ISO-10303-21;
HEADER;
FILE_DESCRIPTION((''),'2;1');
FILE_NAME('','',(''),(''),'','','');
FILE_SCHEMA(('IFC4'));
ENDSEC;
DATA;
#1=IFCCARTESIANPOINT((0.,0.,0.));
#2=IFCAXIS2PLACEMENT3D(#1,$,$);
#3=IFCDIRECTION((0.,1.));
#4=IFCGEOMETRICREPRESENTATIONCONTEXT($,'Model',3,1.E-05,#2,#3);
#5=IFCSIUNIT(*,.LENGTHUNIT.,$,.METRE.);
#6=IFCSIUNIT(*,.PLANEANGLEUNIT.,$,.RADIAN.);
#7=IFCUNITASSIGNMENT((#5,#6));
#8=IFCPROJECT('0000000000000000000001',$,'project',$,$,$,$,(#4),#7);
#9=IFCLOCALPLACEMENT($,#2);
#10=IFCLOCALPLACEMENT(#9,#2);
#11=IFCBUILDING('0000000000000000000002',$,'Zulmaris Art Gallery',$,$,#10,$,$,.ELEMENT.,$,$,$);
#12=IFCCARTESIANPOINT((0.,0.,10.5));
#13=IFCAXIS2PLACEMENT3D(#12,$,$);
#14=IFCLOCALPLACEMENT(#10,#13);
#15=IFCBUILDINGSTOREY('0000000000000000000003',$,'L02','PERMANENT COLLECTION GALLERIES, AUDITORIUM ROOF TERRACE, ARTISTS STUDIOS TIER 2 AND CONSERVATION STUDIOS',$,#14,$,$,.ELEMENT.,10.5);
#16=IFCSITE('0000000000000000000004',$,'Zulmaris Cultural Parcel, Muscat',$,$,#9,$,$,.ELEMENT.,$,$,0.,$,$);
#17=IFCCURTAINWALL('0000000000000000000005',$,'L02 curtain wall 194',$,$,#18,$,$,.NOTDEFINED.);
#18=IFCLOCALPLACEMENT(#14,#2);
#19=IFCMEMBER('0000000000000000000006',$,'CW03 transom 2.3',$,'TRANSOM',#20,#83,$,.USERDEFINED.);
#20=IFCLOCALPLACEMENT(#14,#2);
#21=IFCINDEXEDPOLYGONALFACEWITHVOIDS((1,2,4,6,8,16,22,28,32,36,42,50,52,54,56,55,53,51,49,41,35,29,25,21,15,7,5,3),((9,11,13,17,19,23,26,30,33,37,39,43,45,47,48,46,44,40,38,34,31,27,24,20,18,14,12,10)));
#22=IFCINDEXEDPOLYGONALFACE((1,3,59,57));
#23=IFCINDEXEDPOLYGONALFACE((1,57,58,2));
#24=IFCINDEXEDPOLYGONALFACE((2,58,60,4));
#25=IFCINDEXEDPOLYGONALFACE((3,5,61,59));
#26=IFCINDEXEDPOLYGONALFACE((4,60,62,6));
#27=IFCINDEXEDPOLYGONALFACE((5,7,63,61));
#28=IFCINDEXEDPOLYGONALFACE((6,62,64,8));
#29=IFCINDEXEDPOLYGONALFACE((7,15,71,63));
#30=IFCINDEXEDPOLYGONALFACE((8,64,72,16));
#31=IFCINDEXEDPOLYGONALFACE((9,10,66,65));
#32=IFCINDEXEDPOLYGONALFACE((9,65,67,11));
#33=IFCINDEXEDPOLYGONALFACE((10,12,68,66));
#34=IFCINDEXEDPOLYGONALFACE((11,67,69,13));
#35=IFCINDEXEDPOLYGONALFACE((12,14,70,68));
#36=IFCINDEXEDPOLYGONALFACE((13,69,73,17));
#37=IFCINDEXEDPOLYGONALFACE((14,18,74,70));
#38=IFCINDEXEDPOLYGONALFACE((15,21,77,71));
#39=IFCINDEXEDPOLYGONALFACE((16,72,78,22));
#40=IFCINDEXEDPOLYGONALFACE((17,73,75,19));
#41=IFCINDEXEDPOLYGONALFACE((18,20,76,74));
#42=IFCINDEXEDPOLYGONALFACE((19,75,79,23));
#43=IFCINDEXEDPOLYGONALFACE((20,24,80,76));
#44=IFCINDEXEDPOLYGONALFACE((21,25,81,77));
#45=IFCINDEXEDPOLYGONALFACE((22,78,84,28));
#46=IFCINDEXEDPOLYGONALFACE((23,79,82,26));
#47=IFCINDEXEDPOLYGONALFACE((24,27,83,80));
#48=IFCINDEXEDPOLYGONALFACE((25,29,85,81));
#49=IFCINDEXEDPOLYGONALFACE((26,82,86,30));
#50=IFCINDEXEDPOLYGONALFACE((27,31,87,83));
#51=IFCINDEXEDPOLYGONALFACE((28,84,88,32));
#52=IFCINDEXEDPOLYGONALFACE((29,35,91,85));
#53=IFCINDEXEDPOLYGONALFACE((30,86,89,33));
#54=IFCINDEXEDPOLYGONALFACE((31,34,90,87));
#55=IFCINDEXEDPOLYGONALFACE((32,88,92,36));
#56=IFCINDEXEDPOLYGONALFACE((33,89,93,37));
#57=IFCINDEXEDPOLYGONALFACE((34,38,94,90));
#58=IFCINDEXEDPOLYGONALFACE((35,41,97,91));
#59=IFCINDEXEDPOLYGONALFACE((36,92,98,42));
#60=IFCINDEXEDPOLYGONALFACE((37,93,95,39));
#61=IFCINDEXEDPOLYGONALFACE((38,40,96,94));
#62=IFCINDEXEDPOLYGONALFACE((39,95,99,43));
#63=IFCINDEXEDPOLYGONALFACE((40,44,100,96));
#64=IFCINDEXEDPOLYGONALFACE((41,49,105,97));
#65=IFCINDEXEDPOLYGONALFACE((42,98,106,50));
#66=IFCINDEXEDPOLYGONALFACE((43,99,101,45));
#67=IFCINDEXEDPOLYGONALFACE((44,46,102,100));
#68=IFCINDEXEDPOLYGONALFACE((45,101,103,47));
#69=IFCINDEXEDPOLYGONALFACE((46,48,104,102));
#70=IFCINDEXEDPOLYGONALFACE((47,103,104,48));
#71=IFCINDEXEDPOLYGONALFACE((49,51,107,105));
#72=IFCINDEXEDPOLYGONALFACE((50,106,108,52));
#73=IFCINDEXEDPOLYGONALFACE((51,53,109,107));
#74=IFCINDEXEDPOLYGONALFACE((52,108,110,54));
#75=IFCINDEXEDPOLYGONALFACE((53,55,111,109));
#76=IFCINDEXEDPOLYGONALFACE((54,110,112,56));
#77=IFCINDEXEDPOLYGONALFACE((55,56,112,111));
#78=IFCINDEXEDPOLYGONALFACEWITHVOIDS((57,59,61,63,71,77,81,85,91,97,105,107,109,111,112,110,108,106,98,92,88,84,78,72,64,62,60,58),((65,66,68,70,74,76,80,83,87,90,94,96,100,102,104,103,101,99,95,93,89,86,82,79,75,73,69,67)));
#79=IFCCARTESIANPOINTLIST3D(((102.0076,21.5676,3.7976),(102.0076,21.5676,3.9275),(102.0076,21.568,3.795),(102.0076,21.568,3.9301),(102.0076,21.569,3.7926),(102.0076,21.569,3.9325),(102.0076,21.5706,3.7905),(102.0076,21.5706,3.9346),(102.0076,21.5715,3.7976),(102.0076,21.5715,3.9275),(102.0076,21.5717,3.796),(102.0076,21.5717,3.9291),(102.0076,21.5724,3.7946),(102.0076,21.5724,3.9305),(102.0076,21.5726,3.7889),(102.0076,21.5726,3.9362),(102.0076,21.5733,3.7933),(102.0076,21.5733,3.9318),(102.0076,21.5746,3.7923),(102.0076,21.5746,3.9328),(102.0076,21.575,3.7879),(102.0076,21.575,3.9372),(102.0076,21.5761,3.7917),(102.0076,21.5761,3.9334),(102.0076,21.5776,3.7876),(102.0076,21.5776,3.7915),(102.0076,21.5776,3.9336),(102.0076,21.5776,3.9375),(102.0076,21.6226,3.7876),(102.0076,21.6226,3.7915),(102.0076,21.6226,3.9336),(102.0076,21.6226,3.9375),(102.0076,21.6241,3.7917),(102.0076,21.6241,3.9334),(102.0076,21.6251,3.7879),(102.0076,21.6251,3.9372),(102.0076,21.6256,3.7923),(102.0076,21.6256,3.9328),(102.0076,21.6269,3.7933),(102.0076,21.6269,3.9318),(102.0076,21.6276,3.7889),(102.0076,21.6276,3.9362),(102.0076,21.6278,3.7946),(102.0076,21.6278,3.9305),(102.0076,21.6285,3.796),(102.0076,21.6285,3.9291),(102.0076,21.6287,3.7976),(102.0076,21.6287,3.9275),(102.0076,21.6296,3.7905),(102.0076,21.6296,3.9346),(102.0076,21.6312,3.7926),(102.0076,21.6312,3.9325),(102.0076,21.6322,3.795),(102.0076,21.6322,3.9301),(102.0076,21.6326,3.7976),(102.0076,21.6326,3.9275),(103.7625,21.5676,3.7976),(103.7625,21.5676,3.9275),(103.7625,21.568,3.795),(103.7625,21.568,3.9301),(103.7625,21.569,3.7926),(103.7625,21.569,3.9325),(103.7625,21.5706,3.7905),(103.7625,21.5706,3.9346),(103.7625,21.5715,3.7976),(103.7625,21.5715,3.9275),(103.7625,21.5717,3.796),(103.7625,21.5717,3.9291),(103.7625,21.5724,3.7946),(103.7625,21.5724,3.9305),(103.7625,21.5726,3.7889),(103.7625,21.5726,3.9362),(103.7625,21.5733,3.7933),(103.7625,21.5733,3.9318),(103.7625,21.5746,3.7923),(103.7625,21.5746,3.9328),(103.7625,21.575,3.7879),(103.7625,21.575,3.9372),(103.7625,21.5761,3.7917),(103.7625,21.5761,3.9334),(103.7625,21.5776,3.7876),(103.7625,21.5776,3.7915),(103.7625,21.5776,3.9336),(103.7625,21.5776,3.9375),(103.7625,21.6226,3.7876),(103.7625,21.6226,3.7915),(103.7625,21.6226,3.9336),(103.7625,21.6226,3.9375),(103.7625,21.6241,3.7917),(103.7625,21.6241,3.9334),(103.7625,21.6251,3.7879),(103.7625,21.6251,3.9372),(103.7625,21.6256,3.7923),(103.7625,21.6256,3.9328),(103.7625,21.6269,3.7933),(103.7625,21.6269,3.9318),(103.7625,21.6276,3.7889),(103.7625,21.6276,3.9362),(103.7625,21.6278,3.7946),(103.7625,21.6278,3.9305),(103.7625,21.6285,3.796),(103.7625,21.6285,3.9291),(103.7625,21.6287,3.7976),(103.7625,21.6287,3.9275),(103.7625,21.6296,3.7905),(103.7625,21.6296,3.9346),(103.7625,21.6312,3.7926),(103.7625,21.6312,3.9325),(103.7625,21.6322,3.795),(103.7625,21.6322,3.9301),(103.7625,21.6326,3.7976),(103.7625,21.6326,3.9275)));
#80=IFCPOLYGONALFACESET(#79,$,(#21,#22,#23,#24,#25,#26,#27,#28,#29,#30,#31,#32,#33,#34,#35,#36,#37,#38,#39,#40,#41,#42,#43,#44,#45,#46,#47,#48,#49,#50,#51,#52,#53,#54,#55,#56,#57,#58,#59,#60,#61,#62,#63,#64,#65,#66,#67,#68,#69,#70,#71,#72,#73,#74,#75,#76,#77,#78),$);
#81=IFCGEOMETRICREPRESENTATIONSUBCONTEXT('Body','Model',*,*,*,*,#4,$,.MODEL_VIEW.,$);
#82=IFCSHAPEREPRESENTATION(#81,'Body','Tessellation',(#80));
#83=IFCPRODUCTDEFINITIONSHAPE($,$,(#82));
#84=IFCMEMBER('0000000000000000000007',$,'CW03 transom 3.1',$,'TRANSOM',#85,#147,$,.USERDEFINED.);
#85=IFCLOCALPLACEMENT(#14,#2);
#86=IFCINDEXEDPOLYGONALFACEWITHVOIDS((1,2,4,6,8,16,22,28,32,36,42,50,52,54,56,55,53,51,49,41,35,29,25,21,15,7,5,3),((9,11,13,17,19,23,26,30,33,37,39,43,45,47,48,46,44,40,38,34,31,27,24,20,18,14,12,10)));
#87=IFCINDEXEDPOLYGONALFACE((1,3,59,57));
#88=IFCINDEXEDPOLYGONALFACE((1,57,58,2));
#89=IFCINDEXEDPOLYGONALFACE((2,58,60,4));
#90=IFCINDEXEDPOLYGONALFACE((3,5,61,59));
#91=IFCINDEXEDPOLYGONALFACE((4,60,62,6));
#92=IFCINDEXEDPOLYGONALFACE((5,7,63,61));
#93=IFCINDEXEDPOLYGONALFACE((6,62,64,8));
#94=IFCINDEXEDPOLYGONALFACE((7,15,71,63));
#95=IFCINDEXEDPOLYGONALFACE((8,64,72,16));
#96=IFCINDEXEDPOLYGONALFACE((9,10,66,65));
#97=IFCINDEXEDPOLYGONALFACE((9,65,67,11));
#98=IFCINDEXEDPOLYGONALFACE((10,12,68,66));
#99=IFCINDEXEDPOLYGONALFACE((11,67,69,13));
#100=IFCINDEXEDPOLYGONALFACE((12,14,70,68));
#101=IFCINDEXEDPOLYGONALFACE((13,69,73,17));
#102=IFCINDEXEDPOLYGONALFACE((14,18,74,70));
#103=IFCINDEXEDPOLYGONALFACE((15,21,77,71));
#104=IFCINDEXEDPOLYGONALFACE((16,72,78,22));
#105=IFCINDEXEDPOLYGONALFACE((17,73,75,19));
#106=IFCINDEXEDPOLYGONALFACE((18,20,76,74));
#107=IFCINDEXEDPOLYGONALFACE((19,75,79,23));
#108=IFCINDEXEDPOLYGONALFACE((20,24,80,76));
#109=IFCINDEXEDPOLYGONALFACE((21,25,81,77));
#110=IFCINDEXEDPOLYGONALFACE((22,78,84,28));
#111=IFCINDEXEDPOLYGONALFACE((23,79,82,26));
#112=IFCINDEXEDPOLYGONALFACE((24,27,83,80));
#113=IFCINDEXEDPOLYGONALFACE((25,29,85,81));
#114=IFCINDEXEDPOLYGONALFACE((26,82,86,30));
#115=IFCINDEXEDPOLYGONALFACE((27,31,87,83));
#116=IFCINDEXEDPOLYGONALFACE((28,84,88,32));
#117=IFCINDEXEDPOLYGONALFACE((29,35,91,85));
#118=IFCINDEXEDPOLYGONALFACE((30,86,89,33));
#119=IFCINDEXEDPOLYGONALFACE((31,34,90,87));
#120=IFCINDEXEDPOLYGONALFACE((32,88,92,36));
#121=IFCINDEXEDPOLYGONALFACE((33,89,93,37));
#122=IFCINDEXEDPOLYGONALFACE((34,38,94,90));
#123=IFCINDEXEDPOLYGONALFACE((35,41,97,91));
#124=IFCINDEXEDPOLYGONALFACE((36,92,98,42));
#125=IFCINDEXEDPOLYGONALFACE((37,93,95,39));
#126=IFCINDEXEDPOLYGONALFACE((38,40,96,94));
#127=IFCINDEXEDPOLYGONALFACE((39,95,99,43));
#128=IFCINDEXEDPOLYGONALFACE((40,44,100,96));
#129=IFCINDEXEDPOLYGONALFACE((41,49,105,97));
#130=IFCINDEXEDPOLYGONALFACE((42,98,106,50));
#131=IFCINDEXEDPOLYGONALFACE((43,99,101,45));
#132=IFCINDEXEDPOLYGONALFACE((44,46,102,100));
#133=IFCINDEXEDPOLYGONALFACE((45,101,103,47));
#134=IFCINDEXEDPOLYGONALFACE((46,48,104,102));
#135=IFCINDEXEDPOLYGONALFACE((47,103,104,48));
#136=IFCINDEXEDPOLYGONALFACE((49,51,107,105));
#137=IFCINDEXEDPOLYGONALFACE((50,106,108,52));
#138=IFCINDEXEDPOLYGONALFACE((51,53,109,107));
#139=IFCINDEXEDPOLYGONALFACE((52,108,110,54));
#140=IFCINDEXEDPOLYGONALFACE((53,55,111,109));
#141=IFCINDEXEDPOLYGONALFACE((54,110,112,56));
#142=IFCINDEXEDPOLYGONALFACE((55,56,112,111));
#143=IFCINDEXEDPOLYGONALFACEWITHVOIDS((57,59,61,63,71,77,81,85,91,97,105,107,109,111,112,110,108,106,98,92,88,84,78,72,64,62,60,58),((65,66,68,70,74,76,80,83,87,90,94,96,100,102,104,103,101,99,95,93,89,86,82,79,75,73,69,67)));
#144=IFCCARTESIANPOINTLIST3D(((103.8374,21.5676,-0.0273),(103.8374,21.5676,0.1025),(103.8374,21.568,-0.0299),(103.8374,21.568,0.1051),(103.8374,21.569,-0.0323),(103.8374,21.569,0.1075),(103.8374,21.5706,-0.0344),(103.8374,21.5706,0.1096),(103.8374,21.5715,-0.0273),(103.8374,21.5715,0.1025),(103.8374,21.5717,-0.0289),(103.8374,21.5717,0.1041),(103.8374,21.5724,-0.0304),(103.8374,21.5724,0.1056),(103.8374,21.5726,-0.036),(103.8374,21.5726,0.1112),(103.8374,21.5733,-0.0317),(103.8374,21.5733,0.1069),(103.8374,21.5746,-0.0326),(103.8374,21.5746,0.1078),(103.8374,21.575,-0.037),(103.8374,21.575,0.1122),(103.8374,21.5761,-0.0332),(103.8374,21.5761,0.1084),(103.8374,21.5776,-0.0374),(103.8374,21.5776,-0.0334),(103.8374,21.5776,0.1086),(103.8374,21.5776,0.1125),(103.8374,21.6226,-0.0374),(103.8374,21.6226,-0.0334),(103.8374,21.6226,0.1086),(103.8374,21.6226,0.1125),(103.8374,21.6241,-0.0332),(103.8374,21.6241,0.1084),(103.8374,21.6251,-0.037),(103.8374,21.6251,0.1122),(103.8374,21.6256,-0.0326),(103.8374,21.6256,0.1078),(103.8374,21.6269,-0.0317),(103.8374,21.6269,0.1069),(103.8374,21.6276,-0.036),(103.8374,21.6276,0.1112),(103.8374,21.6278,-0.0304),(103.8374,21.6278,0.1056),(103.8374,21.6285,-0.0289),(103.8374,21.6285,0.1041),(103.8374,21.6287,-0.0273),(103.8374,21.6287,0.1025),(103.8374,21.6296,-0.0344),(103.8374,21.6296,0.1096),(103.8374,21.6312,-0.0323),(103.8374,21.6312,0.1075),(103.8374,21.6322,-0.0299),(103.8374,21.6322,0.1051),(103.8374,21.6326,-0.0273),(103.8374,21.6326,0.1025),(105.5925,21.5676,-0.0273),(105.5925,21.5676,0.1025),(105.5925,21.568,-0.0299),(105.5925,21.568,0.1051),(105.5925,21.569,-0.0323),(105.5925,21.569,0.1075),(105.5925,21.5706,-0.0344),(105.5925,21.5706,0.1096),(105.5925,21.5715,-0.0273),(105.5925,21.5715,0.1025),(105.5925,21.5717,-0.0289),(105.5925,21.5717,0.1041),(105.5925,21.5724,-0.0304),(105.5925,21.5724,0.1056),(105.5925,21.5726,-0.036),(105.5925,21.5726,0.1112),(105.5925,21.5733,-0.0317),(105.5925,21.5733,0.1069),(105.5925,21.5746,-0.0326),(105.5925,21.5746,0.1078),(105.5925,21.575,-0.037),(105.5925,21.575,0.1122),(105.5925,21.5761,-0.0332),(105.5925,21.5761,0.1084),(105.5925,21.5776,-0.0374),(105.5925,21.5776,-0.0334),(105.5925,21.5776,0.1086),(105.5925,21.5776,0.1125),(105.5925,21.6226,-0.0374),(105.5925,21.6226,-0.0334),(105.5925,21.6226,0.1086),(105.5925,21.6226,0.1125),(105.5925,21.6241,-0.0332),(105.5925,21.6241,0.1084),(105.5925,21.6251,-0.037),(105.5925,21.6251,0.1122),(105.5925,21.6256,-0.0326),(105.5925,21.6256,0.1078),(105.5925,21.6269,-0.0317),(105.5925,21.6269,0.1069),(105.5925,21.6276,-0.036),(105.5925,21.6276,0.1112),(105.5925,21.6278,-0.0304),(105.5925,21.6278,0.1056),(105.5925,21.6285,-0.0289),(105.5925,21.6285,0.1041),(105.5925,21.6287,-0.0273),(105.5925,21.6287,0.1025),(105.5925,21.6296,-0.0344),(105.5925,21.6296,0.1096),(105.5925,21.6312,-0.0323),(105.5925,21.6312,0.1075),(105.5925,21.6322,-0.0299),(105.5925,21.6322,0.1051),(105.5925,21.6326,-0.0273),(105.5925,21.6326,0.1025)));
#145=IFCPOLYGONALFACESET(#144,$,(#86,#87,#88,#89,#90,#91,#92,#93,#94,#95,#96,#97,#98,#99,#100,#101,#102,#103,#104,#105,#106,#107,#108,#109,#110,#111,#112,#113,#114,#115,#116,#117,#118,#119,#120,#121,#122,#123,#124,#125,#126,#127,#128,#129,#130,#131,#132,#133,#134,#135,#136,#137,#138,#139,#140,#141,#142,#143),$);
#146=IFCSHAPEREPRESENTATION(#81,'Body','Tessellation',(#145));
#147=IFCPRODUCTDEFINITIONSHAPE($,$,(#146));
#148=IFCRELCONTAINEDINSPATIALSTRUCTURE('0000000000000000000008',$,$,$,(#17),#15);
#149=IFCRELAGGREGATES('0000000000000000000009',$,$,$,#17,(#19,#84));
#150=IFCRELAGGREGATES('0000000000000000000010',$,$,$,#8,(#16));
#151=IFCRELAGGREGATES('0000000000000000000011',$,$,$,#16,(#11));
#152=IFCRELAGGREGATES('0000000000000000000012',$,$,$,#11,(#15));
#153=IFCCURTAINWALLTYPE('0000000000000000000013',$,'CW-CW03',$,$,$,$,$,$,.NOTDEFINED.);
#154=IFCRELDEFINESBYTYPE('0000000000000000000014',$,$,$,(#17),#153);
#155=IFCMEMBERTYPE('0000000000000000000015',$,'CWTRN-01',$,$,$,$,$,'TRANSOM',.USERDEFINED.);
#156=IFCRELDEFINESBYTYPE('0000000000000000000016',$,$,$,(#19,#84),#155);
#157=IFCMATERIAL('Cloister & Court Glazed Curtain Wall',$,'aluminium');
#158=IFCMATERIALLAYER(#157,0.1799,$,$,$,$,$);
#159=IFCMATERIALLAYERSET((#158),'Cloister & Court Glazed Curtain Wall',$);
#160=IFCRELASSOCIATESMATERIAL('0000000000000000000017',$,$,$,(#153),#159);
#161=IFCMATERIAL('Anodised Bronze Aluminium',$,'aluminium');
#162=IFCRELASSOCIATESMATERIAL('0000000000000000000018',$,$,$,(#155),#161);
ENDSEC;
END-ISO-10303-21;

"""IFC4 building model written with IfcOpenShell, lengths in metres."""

from ifc_helpers import new_model, si_unit, direction, frame, origin, origin_2d, place, context, subcontext, project, spatial, hollow_rectangle, extrude, material, layer, layer_set, material_profile, profile_set, type_object, element, aggregate, save


model = new_model("IFC4")

# Units and contexts
model_context = context("Model", 3, precision=1e-05, world=origin(), true_north=direction((0.0, 1.0)))
body_context = subcontext(model_context, "Body", "Model", "MODEL_VIEW")
ifc_project = project(units=[si_unit("LENGTHUNIT", "METRE"), si_unit("PLANEANGLEUNIT", "RADIAN")], contexts=[model_context])

# Site, building, storey
site_placement = place(None, origin())
site = spatial("IfcSite", under=ifc_project, at=site_placement, Name="Zulmaris Cultural Parcel, Muscat", CompositionType="ELEMENT", RefElevation=0.0)
building_placement = place(site_placement, origin())
building = spatial("IfcBuilding", under=site, at=building_placement, Name="Zulmaris Art Gallery", CompositionType="ELEMENT")
storey_placement = place(building_placement, frame((0.0, 0.0, 10.5)))
storey = spatial("IfcBuildingStorey", under=building, at=storey_placement, Name="L02", Description="PERMANENT COLLECTION GALLERIES, AUDITORIUM ROOF TERRACE, ARTISTS STUDIOS TIER 2 AND CONSERVATION STUDIOS", CompositionType="ELEMENT", Elevation=10.5)

# Shared definitions
ifc_material_1 = material(Name="Cloister & Court Glazed Curtain Wall", Category="aluminium")
ifc_layer_1 = layer(ifc_material_1, 0.1799)
ifc_layer_set_1 = layer_set([ifc_layer_1], Name="Cloister & Court Glazed Curtain Wall")
curtain_wall_type = type_object("IfcCurtainWallType", Name="CW-CW03", PredefinedType="NOTDEFINED", material=ifc_layer_set_1)
ifc_material_2 = material(Name="Anodised Bronze Aluminium", Category="aluminium")

# Curtain wall, members
curtain_wall_1_placement = place(storey_placement, origin())
curtain_wall_1 = element("IfcCurtainWall", 1, at=curtain_wall_1_placement, inside=storey, type_object=curtain_wall_type, Name="L02 curtain wall 194", PredefinedType="NOTDEFINED")
ifc_material_profile_1 = material_profile(ifc_material_2, hollow_rectangle(XDim=0.0649, YDim=0.1499, WallThickness=0.0039, InnerFilletRadius=0.0061, OuterFilletRadius=0.01, at=origin_2d()), Name="ALU 65x150x4")
ifc_profile_set_1 = profile_set([ifc_material_profile_1], Name="Anodised Bronze Aluminium")
member_type_1 = type_object("IfcMemberType", Name="CWTRN-01", ElementType="TRANSOM", PredefinedType="USERDEFINED", material=ifc_profile_set_1)
member_1_placement = place(storey_placement, frame((102.0076, 21.6001, 3.8625), z_axis=(1.0, 0.0, 0.0), x_axis=(0.0, 1.0, 0.0)))
member_1 = element("IfcMember", 2, at=member_1_placement, type_object=member_type_1, Name="CW03 transom 2.3", ObjectType="TRANSOM", PredefinedType="USERDEFINED", context=body_context, shape_type="SweptSolid", body=[
    extrude(hollow_rectangle(XDim=0.0649, YDim=0.1499, WallThickness=0.0039, InnerFilletRadius=0.0061, OuterFilletRadius=0.01, at=origin_2d()), origin(), (0.0, 0.0, 1.0), 1.7549),
])
member_2_placement = place(storey_placement, frame((103.8374, 21.6001, 0.0376), z_axis=(1.0, 0.0, 0.0), x_axis=(0.0, 1.0, 0.0)))
member_2 = element("IfcMember", 3, at=member_2_placement, type_object=member_type_1, Name="CW03 transom 3.1", ObjectType="TRANSOM", PredefinedType="USERDEFINED", context=body_context, shape_type="SweptSolid", body=[
    extrude(hollow_rectangle(XDim=0.0649, YDim=0.1499, WallThickness=0.0039, InnerFilletRadius=0.0061, OuterFilletRadius=0.01, at=origin_2d()), origin(), (0.0, 0.0, 1.0), 1.7551),
])
aggregate(curtain_wall_1, [member_1, member_2])

save(model, "model.ifc")
